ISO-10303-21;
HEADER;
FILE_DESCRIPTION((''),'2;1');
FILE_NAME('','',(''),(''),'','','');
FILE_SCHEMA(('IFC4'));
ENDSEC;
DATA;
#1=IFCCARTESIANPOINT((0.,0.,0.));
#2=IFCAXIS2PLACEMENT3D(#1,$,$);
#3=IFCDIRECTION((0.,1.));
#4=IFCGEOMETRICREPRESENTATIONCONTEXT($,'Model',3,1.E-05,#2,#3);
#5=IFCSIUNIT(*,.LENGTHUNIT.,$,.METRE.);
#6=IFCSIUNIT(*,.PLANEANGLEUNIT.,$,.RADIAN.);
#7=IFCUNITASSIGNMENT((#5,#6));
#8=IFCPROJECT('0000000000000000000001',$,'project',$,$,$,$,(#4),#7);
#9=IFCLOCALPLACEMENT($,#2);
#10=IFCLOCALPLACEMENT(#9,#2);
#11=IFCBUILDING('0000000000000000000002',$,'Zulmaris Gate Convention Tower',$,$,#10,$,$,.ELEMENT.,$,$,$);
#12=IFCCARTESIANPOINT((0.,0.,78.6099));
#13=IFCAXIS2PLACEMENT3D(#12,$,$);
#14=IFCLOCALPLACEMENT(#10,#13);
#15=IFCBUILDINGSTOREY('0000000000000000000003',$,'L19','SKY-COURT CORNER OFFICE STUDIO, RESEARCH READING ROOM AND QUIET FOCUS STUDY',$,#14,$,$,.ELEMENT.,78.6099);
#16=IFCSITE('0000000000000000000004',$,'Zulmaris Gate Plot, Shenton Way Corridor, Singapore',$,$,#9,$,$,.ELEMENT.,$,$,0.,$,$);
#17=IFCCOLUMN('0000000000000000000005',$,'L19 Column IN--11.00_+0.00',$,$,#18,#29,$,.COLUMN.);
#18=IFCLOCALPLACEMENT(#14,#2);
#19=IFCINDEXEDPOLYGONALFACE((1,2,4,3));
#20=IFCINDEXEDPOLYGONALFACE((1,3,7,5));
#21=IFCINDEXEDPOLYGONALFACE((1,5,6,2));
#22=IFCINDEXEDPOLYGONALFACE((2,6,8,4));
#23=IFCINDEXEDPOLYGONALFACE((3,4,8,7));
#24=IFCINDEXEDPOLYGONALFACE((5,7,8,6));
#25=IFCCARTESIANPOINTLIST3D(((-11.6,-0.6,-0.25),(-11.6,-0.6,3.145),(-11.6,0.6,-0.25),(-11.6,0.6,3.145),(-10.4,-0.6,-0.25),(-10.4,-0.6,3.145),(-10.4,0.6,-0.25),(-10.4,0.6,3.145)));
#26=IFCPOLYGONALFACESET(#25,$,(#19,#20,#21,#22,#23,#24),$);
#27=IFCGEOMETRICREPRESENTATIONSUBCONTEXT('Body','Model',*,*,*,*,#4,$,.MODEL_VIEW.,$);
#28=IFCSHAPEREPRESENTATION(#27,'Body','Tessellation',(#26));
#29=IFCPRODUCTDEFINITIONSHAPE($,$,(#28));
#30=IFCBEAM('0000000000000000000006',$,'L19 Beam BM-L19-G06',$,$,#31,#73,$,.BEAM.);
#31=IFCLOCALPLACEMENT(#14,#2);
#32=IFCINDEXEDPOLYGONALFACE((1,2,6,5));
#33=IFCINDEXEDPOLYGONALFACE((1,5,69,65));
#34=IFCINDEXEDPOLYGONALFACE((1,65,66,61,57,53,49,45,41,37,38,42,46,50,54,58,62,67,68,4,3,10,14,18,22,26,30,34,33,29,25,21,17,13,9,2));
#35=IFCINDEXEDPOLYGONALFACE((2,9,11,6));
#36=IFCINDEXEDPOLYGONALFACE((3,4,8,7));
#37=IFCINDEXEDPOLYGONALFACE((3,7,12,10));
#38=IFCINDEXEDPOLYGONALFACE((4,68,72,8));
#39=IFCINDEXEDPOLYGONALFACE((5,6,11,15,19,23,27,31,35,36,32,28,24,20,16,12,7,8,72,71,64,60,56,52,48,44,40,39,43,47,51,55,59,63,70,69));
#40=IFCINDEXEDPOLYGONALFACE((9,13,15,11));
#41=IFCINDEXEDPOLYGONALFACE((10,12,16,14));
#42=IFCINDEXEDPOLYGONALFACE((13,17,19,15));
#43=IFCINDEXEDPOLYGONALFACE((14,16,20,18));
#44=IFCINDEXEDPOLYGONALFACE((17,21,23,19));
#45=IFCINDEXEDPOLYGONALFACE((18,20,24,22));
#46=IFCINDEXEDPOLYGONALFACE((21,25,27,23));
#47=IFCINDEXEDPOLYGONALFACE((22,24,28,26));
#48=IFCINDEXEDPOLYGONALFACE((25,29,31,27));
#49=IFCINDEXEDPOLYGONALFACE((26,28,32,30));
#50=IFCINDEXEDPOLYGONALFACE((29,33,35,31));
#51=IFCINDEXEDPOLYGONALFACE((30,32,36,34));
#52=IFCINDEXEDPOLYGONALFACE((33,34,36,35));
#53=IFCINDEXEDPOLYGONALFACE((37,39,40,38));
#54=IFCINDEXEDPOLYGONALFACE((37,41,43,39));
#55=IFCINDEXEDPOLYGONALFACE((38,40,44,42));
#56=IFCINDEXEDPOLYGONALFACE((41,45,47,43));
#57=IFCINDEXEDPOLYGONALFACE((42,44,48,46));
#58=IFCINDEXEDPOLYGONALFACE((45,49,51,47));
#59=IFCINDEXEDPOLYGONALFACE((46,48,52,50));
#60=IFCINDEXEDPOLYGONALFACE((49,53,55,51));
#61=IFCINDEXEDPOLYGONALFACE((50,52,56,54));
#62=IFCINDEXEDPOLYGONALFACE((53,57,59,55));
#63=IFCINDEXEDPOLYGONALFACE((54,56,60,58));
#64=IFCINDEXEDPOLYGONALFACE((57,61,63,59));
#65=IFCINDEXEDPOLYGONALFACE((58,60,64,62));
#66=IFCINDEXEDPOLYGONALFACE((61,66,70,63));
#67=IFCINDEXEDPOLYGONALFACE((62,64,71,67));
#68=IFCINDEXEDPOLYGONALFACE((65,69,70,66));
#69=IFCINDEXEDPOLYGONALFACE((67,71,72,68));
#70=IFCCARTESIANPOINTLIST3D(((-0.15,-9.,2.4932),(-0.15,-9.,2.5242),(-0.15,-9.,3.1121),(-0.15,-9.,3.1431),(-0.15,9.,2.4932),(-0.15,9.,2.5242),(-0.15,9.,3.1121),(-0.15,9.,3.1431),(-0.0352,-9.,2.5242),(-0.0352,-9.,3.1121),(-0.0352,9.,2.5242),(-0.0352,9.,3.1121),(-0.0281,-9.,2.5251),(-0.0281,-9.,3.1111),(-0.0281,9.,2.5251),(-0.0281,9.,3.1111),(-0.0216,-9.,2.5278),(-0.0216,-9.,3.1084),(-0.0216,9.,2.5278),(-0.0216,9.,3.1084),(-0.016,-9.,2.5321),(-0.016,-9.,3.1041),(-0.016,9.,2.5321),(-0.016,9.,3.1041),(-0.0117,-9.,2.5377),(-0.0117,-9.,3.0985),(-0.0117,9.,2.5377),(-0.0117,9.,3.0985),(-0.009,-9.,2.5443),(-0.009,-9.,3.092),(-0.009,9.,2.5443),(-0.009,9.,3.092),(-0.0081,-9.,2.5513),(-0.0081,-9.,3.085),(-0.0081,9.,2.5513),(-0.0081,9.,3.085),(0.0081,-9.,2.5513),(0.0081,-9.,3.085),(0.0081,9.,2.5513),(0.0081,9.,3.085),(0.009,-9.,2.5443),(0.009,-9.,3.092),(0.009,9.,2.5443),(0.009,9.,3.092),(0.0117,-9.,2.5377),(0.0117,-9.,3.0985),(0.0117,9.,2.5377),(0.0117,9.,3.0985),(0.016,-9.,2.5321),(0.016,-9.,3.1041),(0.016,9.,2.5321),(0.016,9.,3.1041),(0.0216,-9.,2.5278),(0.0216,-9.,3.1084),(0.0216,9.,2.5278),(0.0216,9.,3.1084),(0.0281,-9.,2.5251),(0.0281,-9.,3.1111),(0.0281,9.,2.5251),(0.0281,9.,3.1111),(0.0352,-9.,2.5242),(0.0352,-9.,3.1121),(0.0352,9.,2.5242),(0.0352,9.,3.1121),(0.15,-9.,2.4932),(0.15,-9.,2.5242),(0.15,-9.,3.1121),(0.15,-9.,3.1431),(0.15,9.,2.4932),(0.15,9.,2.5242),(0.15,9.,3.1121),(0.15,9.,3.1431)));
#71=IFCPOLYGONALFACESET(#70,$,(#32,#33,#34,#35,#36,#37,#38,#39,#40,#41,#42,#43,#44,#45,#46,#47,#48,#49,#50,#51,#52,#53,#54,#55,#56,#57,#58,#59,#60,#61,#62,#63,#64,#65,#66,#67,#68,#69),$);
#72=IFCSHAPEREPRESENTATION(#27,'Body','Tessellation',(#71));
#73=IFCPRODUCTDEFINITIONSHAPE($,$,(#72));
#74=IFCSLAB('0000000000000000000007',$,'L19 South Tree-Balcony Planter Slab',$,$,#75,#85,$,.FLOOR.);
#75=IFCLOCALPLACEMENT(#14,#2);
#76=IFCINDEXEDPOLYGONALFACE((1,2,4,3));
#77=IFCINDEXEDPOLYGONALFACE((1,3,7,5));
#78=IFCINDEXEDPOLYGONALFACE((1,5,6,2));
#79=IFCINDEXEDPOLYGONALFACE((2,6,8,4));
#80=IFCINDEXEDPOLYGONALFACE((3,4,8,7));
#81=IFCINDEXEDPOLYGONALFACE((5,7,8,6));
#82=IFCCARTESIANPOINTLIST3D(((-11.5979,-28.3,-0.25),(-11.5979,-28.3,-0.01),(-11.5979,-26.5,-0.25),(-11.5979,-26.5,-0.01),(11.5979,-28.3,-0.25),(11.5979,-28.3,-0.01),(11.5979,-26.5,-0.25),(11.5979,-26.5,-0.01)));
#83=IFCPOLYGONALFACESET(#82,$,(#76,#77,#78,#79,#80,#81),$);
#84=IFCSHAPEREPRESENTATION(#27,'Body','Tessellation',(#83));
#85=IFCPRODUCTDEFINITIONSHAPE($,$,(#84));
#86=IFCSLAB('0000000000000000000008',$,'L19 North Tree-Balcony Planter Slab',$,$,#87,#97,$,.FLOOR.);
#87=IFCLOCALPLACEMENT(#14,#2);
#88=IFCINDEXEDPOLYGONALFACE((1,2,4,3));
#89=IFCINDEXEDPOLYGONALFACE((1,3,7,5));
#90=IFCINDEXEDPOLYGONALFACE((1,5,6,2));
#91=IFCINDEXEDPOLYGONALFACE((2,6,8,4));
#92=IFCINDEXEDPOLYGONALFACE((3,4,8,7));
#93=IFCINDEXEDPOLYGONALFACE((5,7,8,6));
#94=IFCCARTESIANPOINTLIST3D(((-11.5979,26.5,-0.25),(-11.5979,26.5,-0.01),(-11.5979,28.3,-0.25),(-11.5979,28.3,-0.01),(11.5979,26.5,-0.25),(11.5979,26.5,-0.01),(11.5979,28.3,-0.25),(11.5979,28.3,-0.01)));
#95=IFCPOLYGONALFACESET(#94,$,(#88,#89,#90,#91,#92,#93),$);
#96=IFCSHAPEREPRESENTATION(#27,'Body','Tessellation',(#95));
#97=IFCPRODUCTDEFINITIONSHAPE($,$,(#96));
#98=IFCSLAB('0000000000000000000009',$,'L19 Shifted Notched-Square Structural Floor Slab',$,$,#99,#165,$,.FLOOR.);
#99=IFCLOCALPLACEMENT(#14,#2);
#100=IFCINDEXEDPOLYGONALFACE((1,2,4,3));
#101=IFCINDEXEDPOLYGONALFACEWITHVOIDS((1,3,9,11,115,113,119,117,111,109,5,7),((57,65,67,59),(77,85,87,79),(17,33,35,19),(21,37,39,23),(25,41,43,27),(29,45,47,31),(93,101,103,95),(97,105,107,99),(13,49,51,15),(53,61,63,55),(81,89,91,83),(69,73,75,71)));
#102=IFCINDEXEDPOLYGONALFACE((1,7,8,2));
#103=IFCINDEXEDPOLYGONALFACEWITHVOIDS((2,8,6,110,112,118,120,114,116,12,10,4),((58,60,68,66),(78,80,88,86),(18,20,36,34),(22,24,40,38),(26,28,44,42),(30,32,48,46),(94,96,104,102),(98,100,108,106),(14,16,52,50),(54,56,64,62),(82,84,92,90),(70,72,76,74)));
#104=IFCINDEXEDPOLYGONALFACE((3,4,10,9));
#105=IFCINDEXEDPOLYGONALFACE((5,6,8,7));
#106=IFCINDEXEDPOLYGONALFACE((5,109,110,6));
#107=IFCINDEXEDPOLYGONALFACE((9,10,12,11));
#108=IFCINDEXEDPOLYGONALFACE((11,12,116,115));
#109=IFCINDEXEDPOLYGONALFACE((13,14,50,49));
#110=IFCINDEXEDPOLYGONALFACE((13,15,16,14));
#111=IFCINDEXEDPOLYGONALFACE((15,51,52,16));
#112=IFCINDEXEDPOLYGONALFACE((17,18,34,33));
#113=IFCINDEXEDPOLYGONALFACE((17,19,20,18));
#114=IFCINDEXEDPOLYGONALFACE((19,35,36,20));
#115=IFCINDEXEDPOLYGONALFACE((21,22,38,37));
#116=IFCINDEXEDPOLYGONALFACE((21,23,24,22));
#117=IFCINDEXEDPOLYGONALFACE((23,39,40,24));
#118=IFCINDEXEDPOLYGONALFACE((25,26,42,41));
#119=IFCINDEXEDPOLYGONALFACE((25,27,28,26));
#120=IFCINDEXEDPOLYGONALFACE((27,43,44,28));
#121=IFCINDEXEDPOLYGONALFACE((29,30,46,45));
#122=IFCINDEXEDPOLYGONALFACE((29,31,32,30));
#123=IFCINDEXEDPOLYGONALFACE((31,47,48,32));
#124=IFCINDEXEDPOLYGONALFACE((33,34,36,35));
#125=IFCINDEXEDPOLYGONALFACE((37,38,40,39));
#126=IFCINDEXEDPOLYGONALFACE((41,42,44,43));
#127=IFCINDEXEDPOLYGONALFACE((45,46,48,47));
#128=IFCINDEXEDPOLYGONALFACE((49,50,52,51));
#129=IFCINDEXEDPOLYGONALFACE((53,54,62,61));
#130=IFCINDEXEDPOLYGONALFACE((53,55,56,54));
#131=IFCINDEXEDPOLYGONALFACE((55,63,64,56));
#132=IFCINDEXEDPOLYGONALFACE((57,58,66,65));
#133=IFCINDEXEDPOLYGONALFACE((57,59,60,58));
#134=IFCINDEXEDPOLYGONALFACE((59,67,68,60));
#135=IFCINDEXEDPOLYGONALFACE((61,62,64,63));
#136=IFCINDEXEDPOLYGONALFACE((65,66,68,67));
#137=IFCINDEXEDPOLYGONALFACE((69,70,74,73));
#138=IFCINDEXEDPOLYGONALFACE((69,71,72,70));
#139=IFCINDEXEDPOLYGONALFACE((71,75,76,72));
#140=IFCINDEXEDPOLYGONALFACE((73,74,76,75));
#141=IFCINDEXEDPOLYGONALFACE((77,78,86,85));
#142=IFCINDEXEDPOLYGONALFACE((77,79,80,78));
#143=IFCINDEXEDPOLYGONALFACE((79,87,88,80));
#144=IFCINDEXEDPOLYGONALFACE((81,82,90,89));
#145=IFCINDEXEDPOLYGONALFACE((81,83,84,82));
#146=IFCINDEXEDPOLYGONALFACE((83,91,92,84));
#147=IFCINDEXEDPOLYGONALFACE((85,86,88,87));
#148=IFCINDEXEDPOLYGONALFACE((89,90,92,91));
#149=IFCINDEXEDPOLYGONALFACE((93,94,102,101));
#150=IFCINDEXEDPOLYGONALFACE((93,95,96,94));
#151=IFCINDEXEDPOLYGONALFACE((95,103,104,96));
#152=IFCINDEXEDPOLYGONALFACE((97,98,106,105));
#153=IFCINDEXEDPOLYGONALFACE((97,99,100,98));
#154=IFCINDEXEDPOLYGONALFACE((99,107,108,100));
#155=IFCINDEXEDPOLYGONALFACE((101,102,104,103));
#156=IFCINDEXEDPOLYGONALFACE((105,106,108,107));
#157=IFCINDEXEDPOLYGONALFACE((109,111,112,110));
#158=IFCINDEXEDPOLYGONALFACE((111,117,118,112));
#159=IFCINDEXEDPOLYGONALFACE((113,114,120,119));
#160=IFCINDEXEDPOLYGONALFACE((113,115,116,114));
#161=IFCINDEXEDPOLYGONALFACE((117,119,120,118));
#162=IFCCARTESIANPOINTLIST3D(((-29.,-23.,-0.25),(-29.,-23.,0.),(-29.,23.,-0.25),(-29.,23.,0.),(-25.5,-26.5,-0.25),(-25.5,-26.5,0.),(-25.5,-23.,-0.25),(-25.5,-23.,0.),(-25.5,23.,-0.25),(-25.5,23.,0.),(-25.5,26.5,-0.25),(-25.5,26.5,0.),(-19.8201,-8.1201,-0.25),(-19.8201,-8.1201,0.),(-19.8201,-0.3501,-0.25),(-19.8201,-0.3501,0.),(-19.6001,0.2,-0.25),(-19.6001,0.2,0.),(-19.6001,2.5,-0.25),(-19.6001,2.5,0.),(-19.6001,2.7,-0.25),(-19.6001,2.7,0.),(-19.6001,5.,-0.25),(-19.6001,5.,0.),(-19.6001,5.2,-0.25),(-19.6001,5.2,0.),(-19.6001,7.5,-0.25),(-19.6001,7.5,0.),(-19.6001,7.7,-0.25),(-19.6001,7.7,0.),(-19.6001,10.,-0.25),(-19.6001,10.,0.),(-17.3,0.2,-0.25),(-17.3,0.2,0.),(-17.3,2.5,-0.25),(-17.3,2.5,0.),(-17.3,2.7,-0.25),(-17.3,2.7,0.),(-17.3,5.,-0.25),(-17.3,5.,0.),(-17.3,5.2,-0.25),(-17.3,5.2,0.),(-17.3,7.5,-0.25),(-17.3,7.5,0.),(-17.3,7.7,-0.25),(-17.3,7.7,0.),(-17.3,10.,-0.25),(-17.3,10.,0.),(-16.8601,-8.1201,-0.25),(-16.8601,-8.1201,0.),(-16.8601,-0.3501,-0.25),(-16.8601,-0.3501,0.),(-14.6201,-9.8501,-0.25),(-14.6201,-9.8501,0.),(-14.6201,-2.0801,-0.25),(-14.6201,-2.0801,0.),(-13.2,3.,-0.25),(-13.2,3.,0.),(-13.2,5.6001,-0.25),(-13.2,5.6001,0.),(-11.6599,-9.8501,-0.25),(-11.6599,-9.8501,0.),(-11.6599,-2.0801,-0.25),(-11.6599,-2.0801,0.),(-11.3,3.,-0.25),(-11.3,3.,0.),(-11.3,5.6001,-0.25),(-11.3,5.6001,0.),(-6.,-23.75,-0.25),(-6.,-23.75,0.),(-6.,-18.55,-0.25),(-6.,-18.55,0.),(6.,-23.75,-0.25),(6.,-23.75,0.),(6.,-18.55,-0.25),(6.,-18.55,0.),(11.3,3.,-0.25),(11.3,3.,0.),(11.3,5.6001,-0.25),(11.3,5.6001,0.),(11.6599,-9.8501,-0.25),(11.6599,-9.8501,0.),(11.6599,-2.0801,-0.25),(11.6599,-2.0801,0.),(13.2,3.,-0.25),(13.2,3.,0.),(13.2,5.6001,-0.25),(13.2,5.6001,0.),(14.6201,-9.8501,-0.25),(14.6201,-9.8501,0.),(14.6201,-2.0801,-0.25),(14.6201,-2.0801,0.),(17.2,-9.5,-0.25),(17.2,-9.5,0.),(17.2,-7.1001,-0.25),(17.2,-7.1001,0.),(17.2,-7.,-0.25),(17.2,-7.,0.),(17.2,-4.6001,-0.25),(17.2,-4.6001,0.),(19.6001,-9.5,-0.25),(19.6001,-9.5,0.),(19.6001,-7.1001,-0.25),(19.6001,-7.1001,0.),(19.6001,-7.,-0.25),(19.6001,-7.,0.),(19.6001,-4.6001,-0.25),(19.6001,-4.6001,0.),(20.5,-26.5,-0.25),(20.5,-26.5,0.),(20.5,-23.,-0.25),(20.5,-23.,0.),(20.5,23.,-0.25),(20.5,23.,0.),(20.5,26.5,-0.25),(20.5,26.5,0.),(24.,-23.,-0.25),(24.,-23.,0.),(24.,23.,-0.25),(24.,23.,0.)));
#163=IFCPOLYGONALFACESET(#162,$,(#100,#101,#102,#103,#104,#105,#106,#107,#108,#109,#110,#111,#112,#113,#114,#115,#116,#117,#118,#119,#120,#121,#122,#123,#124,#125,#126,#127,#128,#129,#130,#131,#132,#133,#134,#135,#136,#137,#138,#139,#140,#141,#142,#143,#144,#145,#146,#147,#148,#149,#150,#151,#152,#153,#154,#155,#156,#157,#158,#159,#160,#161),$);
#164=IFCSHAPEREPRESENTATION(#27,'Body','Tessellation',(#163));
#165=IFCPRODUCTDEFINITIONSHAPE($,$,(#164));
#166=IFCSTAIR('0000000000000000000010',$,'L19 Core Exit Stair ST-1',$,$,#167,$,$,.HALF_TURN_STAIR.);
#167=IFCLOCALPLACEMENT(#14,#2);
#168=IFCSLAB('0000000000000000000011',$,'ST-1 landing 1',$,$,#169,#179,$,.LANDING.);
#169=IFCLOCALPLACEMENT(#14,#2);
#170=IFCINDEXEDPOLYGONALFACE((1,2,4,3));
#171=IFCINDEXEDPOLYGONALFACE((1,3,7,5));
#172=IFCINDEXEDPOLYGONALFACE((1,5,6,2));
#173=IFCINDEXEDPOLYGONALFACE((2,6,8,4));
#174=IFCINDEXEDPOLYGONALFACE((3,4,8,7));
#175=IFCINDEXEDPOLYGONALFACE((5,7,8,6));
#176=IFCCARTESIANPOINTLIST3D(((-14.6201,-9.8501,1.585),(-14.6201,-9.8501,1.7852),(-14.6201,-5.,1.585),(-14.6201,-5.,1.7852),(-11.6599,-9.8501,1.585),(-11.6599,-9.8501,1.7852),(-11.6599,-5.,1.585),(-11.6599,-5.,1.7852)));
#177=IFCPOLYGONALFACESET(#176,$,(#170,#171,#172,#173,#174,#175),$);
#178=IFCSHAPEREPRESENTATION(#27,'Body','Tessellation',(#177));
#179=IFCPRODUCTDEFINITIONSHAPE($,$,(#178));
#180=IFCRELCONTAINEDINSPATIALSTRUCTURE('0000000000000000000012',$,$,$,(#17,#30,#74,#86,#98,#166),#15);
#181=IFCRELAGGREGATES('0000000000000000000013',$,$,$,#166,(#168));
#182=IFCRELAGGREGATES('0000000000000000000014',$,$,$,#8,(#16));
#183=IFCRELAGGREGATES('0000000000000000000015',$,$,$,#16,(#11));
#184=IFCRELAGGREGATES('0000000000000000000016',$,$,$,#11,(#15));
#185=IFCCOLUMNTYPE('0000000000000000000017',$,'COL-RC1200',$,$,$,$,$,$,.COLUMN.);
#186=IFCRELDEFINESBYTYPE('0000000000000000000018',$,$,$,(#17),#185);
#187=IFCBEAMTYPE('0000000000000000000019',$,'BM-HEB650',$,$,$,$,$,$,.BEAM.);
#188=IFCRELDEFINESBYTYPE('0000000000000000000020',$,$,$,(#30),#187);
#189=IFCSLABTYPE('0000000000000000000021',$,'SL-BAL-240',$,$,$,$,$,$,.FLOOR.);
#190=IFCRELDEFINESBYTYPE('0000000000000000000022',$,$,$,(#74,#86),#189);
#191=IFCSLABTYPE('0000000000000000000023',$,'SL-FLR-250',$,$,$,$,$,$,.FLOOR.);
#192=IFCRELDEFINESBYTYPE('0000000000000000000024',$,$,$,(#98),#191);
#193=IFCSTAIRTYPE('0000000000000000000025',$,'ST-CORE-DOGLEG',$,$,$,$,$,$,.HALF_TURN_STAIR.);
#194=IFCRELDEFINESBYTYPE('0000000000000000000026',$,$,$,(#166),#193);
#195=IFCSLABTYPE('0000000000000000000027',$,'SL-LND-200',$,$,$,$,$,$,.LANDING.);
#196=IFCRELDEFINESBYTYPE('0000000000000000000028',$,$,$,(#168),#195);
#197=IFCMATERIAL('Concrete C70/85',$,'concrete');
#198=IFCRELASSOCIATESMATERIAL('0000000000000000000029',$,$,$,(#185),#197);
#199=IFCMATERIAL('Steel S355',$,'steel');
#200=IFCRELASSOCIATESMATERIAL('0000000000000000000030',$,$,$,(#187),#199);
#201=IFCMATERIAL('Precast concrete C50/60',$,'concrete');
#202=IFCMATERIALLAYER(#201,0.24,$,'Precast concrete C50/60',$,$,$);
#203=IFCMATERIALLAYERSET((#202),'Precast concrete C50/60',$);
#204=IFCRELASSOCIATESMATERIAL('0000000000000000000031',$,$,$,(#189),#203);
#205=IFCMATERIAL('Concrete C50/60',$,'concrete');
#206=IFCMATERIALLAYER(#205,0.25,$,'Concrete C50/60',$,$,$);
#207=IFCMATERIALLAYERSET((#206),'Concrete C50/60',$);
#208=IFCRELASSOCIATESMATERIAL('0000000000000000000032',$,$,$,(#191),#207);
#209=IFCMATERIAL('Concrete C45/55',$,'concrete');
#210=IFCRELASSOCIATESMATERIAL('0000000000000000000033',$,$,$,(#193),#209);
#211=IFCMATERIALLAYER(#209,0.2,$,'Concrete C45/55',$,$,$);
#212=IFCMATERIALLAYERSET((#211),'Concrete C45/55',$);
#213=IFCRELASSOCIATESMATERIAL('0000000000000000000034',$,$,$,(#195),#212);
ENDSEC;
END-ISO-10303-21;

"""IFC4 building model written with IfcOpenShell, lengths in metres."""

from ifc_helpers import new_model, si_unit, direction, frame, origin, origin_2d, place, context, subcontext, project, spatial, polyline, rectangle, i_section, outline, extrude, material, layer, layer_set, material_profile, profile_set, type_object, element, aggregate, save


model = new_model("IFC4")

# Units and contexts
model_context = context("Model", 3, precision=1e-05, world=origin(), true_north=direction((0.0, 1.0)))
body_context = subcontext(model_context, "Body", "Model", "MODEL_VIEW")
ifc_project = project(units=[si_unit("LENGTHUNIT", "METRE"), si_unit("PLANEANGLEUNIT", "RADIAN")], contexts=[model_context])

# Site, building, storey
site_placement = place(None, origin())
site = spatial("IfcSite", under=ifc_project, at=site_placement, Name="Zulmaris Gate Plot, Shenton Way Corridor, Singapore", CompositionType="ELEMENT", RefElevation=0.0)
building_placement = place(site_placement, origin())
building = spatial("IfcBuilding", under=site, at=building_placement, Name="Zulmaris Gate Convention Tower", CompositionType="ELEMENT")
storey_placement = place(building_placement, frame((0.0, 0.0, 78.6099)))
storey = spatial("IfcBuildingStorey", under=building, at=storey_placement, Name="L19", Description="SKY-COURT CORNER OFFICE STUDIO, RESEARCH READING ROOM AND QUIET FOCUS STUDY", CompositionType="ELEMENT", Elevation=78.6099)

# Column
ifc_material_1 = material(Name="Concrete C70/85", Category="concrete")
ifc_material_profile_1 = material_profile(ifc_material_1, rectangle(XDim=1.2, YDim=1.2, at=origin_2d()), Name="RC COL 1200x1200")
ifc_profile_set_1 = profile_set([ifc_material_profile_1], Name="Concrete C70/85")
column_type = type_object("IfcColumnType", Name="COL-RC1200", PredefinedType="COLUMN", material=ifc_profile_set_1)
column_placement = place(storey_placement, frame((-11.0, 0.0, -0.25), z_axis=(0.0, 0.0, 1.0), x_axis=(1.0, 0.0, 0.0)))
element("IfcColumn", 1, at=column_placement, inside=storey, type_object=column_type, Name="L19 Column IN--11.00_+0.00", PredefinedType="COLUMN", context=body_context, shape_type="SweptSolid", body=[
    extrude(rectangle(XDim=1.2, YDim=1.2, at=origin_2d()), origin(), (0.0, 0.0, 1.0), 3.395),
])

# Beam
ifc_material_2 = material(Name="Steel S355", Category="steel")
ifc_material_profile_2 = material_profile(ifc_material_2, i_section(OverallWidth=0.3, OverallDepth=0.6499, WebThickness=0.0161, FlangeThickness=0.031, FilletRadius=0.0271, at=origin_2d()), Name="HEB 650")
ifc_profile_set_2 = profile_set([ifc_material_profile_2], Name="Steel S355")
beam_type = type_object("IfcBeamType", Name="BM-HEB650", PredefinedType="BEAM", material=ifc_profile_set_2)
beam_placement = place(storey_placement, frame((0.0, -9.0, 2.8181), z_axis=(0.0, 1.0, 0.0), x_axis=(-1.0, 0.0, 0.0)))
element("IfcBeam", 2, at=beam_placement, inside=storey, type_object=beam_type, Name="L19 Beam BM-L19-G06", PredefinedType="BEAM", context=body_context, shape_type="SweptSolid", body=[
    extrude(i_section(OverallWidth=0.3, OverallDepth=0.6499, WebThickness=0.0161, FlangeThickness=0.031, FilletRadius=0.0271, at=origin_2d()), origin(), (0.0, 0.0, 1.0), 18.0),
])

# Slabs
ifc_material_3 = material(Name="Precast concrete C50/60", Category="concrete")
ifc_layer_1 = layer(ifc_material_3, 0.24, Name="Precast concrete C50/60")
ifc_layer_set_1 = layer_set([ifc_layer_1], Name="Precast concrete C50/60")
slab_type_1 = type_object("IfcSlabType", Name="SL-BAL-240", PredefinedType="FLOOR", material=ifc_layer_set_1)
slab_1_placement = place(storey_placement, frame((0.0, 0.0, -0.25)))
element("IfcSlab", 3, at=slab_1_placement, inside=storey, type_object=slab_type_1, Name="L19 South Tree-Balcony Planter Slab", PredefinedType="FLOOR", context=body_context, shape_type="SweptSolid", body=[
    extrude(outline(polyline([(-11.5979, -28.3), (-11.5979, -26.5), (11.5979, -26.5), (11.5979, -28.3), (-11.5979, -28.3)])), origin(), (0.0, 0.0, 1.0), 0.24),
])
slab_2_placement = place(storey_placement, frame((0.0, 0.0, -0.25)))
element("IfcSlab", 4, at=slab_2_placement, inside=storey, type_object=slab_type_1, Name="L19 North Tree-Balcony Planter Slab", PredefinedType="FLOOR", context=body_context, shape_type="SweptSolid", body=[
    extrude(outline(polyline([(11.5979, 28.3), (11.5979, 26.5), (-11.5979, 26.5), (-11.5979, 28.3), (11.5979, 28.3)])), origin(), (0.0, 0.0, 1.0), 0.24),
])
ifc_material_4 = material(Name="Concrete C50/60", Category="concrete")
ifc_layer_2 = layer(ifc_material_4, 0.25, Name="Concrete C50/60")
ifc_layer_set_2 = layer_set([ifc_layer_2], Name="Concrete C50/60")
slab_type_2 = type_object("IfcSlabType", Name="SL-FLR-250", PredefinedType="FLOOR", material=ifc_layer_set_2)
slab_3_placement = place(storey_placement, frame((0.0, 0.0, -0.25)))
element("IfcSlab", 5, at=slab_3_placement, inside=storey, type_object=slab_type_2, Name="L19 Shifted Notched-Square Structural Floor Slab", PredefinedType="FLOOR", context=body_context, shape_type="SweptSolid", body=[
    extrude(outline(polyline([(-25.5, -26.5), (20.5, -26.5), (20.5, -23.0), (24.0, -23.0), (24.0, 23.0), (20.5, 23.0), (20.5, 26.5), (-25.5, 26.5), (-25.5, 23.0), (-29.0, 23.0), (-29.0, -23.0), (-25.5, -23.0), (-25.5, -26.5)]), holes=[polyline([(-14.6201, -2.0801), (-14.6201, -9.8501), (-11.6599, -9.8501), (-11.6599, -2.0801), (-14.6201, -2.0801)]), polyline([(11.6599, -2.0801), (11.6599, -9.8501), (14.6201, -9.8501), (14.6201, -2.0801), (11.6599, -2.0801)]), polyline([(-16.8601, -8.1201), (-16.8601, -0.3501), (-19.8201, -0.3501), (-19.8201, -8.1201), (-16.8601, -8.1201)]), polyline([(-13.2, 3.0), (-11.3, 3.0), (-11.3, 5.6001), (-13.2, 5.6001), (-13.2, 3.0)]), polyline([(11.3, 3.0), (13.2, 3.0), (13.2, 5.6001), (11.3, 5.6001), (11.3, 3.0)]), polyline([(-19.6001, 0.2), (-17.3, 0.2), (-17.3, 2.5), (-19.6001, 2.5), (-19.6001, 0.2)]), polyline([(-19.6001, 2.7), (-17.3, 2.7), (-17.3, 5.0), (-19.6001, 5.0), (-19.6001, 2.7)]), polyline([(-19.6001, 5.2), (-17.3, 5.2), (-17.3, 7.5), (-19.6001, 7.5), (-19.6001, 5.2)]), polyline([(-19.6001, 7.7), (-17.3, 7.7), (-17.3, 10.0), (-19.6001, 10.0), (-19.6001, 7.7)]), polyline([(17.2, -9.5), (19.6001, -9.5), (19.6001, -7.1001), (17.2, -7.1001), (17.2, -9.5)]), polyline([(17.2, -7.0), (19.6001, -7.0), (19.6001, -4.6001), (17.2, -4.6001), (17.2, -7.0)]), polyline([(-6.0, -23.75), (6.0, -23.75), (6.0, -18.55), (-6.0, -18.55), (-6.0, -23.75)])]), origin(), (0.0, 0.0, 1.0), 0.25),
])

# Stair, slab
ifc_material_5 = material(Name="Concrete C45/55", Category="concrete")
stair_type = type_object("IfcStairType", Name="ST-CORE-DOGLEG", PredefinedType="HALF_TURN_STAIR", material=ifc_material_5)
stair_1_placement = place(storey_placement, origin())
stair_1 = element("IfcStair", 6, at=stair_1_placement, inside=storey, type_object=stair_type, Name="L19 Core Exit Stair ST-1", PredefinedType="HALF_TURN_STAIR")
ifc_layer_3 = layer(ifc_material_5, 0.2, Name="Concrete C45/55")
ifc_layer_set_3 = layer_set([ifc_layer_3], Name="Concrete C45/55")
slab_type_3 = type_object("IfcSlabType", Name="SL-LND-200", PredefinedType="LANDING", material=ifc_layer_set_3)
slab_4_placement = place(storey_placement, frame((0.0, 0.0, 1.585)))
slab_4 = element("IfcSlab", 7, at=slab_4_placement, type_object=slab_type_3, Name="ST-1 landing 1", PredefinedType="LANDING", context=body_context, shape_type="SweptSolid", body=[
    extrude(outline(polyline([(-14.6201, -5.0), (-14.6201, -9.8501), (-11.6599, -9.8501), (-11.6599, -5.0), (-14.6201, -5.0)])), origin(), (0.0, 0.0, 1.0), 0.2002),
])

aggregate(stair_1, [slab_4])

save(model, "model.ifc")
